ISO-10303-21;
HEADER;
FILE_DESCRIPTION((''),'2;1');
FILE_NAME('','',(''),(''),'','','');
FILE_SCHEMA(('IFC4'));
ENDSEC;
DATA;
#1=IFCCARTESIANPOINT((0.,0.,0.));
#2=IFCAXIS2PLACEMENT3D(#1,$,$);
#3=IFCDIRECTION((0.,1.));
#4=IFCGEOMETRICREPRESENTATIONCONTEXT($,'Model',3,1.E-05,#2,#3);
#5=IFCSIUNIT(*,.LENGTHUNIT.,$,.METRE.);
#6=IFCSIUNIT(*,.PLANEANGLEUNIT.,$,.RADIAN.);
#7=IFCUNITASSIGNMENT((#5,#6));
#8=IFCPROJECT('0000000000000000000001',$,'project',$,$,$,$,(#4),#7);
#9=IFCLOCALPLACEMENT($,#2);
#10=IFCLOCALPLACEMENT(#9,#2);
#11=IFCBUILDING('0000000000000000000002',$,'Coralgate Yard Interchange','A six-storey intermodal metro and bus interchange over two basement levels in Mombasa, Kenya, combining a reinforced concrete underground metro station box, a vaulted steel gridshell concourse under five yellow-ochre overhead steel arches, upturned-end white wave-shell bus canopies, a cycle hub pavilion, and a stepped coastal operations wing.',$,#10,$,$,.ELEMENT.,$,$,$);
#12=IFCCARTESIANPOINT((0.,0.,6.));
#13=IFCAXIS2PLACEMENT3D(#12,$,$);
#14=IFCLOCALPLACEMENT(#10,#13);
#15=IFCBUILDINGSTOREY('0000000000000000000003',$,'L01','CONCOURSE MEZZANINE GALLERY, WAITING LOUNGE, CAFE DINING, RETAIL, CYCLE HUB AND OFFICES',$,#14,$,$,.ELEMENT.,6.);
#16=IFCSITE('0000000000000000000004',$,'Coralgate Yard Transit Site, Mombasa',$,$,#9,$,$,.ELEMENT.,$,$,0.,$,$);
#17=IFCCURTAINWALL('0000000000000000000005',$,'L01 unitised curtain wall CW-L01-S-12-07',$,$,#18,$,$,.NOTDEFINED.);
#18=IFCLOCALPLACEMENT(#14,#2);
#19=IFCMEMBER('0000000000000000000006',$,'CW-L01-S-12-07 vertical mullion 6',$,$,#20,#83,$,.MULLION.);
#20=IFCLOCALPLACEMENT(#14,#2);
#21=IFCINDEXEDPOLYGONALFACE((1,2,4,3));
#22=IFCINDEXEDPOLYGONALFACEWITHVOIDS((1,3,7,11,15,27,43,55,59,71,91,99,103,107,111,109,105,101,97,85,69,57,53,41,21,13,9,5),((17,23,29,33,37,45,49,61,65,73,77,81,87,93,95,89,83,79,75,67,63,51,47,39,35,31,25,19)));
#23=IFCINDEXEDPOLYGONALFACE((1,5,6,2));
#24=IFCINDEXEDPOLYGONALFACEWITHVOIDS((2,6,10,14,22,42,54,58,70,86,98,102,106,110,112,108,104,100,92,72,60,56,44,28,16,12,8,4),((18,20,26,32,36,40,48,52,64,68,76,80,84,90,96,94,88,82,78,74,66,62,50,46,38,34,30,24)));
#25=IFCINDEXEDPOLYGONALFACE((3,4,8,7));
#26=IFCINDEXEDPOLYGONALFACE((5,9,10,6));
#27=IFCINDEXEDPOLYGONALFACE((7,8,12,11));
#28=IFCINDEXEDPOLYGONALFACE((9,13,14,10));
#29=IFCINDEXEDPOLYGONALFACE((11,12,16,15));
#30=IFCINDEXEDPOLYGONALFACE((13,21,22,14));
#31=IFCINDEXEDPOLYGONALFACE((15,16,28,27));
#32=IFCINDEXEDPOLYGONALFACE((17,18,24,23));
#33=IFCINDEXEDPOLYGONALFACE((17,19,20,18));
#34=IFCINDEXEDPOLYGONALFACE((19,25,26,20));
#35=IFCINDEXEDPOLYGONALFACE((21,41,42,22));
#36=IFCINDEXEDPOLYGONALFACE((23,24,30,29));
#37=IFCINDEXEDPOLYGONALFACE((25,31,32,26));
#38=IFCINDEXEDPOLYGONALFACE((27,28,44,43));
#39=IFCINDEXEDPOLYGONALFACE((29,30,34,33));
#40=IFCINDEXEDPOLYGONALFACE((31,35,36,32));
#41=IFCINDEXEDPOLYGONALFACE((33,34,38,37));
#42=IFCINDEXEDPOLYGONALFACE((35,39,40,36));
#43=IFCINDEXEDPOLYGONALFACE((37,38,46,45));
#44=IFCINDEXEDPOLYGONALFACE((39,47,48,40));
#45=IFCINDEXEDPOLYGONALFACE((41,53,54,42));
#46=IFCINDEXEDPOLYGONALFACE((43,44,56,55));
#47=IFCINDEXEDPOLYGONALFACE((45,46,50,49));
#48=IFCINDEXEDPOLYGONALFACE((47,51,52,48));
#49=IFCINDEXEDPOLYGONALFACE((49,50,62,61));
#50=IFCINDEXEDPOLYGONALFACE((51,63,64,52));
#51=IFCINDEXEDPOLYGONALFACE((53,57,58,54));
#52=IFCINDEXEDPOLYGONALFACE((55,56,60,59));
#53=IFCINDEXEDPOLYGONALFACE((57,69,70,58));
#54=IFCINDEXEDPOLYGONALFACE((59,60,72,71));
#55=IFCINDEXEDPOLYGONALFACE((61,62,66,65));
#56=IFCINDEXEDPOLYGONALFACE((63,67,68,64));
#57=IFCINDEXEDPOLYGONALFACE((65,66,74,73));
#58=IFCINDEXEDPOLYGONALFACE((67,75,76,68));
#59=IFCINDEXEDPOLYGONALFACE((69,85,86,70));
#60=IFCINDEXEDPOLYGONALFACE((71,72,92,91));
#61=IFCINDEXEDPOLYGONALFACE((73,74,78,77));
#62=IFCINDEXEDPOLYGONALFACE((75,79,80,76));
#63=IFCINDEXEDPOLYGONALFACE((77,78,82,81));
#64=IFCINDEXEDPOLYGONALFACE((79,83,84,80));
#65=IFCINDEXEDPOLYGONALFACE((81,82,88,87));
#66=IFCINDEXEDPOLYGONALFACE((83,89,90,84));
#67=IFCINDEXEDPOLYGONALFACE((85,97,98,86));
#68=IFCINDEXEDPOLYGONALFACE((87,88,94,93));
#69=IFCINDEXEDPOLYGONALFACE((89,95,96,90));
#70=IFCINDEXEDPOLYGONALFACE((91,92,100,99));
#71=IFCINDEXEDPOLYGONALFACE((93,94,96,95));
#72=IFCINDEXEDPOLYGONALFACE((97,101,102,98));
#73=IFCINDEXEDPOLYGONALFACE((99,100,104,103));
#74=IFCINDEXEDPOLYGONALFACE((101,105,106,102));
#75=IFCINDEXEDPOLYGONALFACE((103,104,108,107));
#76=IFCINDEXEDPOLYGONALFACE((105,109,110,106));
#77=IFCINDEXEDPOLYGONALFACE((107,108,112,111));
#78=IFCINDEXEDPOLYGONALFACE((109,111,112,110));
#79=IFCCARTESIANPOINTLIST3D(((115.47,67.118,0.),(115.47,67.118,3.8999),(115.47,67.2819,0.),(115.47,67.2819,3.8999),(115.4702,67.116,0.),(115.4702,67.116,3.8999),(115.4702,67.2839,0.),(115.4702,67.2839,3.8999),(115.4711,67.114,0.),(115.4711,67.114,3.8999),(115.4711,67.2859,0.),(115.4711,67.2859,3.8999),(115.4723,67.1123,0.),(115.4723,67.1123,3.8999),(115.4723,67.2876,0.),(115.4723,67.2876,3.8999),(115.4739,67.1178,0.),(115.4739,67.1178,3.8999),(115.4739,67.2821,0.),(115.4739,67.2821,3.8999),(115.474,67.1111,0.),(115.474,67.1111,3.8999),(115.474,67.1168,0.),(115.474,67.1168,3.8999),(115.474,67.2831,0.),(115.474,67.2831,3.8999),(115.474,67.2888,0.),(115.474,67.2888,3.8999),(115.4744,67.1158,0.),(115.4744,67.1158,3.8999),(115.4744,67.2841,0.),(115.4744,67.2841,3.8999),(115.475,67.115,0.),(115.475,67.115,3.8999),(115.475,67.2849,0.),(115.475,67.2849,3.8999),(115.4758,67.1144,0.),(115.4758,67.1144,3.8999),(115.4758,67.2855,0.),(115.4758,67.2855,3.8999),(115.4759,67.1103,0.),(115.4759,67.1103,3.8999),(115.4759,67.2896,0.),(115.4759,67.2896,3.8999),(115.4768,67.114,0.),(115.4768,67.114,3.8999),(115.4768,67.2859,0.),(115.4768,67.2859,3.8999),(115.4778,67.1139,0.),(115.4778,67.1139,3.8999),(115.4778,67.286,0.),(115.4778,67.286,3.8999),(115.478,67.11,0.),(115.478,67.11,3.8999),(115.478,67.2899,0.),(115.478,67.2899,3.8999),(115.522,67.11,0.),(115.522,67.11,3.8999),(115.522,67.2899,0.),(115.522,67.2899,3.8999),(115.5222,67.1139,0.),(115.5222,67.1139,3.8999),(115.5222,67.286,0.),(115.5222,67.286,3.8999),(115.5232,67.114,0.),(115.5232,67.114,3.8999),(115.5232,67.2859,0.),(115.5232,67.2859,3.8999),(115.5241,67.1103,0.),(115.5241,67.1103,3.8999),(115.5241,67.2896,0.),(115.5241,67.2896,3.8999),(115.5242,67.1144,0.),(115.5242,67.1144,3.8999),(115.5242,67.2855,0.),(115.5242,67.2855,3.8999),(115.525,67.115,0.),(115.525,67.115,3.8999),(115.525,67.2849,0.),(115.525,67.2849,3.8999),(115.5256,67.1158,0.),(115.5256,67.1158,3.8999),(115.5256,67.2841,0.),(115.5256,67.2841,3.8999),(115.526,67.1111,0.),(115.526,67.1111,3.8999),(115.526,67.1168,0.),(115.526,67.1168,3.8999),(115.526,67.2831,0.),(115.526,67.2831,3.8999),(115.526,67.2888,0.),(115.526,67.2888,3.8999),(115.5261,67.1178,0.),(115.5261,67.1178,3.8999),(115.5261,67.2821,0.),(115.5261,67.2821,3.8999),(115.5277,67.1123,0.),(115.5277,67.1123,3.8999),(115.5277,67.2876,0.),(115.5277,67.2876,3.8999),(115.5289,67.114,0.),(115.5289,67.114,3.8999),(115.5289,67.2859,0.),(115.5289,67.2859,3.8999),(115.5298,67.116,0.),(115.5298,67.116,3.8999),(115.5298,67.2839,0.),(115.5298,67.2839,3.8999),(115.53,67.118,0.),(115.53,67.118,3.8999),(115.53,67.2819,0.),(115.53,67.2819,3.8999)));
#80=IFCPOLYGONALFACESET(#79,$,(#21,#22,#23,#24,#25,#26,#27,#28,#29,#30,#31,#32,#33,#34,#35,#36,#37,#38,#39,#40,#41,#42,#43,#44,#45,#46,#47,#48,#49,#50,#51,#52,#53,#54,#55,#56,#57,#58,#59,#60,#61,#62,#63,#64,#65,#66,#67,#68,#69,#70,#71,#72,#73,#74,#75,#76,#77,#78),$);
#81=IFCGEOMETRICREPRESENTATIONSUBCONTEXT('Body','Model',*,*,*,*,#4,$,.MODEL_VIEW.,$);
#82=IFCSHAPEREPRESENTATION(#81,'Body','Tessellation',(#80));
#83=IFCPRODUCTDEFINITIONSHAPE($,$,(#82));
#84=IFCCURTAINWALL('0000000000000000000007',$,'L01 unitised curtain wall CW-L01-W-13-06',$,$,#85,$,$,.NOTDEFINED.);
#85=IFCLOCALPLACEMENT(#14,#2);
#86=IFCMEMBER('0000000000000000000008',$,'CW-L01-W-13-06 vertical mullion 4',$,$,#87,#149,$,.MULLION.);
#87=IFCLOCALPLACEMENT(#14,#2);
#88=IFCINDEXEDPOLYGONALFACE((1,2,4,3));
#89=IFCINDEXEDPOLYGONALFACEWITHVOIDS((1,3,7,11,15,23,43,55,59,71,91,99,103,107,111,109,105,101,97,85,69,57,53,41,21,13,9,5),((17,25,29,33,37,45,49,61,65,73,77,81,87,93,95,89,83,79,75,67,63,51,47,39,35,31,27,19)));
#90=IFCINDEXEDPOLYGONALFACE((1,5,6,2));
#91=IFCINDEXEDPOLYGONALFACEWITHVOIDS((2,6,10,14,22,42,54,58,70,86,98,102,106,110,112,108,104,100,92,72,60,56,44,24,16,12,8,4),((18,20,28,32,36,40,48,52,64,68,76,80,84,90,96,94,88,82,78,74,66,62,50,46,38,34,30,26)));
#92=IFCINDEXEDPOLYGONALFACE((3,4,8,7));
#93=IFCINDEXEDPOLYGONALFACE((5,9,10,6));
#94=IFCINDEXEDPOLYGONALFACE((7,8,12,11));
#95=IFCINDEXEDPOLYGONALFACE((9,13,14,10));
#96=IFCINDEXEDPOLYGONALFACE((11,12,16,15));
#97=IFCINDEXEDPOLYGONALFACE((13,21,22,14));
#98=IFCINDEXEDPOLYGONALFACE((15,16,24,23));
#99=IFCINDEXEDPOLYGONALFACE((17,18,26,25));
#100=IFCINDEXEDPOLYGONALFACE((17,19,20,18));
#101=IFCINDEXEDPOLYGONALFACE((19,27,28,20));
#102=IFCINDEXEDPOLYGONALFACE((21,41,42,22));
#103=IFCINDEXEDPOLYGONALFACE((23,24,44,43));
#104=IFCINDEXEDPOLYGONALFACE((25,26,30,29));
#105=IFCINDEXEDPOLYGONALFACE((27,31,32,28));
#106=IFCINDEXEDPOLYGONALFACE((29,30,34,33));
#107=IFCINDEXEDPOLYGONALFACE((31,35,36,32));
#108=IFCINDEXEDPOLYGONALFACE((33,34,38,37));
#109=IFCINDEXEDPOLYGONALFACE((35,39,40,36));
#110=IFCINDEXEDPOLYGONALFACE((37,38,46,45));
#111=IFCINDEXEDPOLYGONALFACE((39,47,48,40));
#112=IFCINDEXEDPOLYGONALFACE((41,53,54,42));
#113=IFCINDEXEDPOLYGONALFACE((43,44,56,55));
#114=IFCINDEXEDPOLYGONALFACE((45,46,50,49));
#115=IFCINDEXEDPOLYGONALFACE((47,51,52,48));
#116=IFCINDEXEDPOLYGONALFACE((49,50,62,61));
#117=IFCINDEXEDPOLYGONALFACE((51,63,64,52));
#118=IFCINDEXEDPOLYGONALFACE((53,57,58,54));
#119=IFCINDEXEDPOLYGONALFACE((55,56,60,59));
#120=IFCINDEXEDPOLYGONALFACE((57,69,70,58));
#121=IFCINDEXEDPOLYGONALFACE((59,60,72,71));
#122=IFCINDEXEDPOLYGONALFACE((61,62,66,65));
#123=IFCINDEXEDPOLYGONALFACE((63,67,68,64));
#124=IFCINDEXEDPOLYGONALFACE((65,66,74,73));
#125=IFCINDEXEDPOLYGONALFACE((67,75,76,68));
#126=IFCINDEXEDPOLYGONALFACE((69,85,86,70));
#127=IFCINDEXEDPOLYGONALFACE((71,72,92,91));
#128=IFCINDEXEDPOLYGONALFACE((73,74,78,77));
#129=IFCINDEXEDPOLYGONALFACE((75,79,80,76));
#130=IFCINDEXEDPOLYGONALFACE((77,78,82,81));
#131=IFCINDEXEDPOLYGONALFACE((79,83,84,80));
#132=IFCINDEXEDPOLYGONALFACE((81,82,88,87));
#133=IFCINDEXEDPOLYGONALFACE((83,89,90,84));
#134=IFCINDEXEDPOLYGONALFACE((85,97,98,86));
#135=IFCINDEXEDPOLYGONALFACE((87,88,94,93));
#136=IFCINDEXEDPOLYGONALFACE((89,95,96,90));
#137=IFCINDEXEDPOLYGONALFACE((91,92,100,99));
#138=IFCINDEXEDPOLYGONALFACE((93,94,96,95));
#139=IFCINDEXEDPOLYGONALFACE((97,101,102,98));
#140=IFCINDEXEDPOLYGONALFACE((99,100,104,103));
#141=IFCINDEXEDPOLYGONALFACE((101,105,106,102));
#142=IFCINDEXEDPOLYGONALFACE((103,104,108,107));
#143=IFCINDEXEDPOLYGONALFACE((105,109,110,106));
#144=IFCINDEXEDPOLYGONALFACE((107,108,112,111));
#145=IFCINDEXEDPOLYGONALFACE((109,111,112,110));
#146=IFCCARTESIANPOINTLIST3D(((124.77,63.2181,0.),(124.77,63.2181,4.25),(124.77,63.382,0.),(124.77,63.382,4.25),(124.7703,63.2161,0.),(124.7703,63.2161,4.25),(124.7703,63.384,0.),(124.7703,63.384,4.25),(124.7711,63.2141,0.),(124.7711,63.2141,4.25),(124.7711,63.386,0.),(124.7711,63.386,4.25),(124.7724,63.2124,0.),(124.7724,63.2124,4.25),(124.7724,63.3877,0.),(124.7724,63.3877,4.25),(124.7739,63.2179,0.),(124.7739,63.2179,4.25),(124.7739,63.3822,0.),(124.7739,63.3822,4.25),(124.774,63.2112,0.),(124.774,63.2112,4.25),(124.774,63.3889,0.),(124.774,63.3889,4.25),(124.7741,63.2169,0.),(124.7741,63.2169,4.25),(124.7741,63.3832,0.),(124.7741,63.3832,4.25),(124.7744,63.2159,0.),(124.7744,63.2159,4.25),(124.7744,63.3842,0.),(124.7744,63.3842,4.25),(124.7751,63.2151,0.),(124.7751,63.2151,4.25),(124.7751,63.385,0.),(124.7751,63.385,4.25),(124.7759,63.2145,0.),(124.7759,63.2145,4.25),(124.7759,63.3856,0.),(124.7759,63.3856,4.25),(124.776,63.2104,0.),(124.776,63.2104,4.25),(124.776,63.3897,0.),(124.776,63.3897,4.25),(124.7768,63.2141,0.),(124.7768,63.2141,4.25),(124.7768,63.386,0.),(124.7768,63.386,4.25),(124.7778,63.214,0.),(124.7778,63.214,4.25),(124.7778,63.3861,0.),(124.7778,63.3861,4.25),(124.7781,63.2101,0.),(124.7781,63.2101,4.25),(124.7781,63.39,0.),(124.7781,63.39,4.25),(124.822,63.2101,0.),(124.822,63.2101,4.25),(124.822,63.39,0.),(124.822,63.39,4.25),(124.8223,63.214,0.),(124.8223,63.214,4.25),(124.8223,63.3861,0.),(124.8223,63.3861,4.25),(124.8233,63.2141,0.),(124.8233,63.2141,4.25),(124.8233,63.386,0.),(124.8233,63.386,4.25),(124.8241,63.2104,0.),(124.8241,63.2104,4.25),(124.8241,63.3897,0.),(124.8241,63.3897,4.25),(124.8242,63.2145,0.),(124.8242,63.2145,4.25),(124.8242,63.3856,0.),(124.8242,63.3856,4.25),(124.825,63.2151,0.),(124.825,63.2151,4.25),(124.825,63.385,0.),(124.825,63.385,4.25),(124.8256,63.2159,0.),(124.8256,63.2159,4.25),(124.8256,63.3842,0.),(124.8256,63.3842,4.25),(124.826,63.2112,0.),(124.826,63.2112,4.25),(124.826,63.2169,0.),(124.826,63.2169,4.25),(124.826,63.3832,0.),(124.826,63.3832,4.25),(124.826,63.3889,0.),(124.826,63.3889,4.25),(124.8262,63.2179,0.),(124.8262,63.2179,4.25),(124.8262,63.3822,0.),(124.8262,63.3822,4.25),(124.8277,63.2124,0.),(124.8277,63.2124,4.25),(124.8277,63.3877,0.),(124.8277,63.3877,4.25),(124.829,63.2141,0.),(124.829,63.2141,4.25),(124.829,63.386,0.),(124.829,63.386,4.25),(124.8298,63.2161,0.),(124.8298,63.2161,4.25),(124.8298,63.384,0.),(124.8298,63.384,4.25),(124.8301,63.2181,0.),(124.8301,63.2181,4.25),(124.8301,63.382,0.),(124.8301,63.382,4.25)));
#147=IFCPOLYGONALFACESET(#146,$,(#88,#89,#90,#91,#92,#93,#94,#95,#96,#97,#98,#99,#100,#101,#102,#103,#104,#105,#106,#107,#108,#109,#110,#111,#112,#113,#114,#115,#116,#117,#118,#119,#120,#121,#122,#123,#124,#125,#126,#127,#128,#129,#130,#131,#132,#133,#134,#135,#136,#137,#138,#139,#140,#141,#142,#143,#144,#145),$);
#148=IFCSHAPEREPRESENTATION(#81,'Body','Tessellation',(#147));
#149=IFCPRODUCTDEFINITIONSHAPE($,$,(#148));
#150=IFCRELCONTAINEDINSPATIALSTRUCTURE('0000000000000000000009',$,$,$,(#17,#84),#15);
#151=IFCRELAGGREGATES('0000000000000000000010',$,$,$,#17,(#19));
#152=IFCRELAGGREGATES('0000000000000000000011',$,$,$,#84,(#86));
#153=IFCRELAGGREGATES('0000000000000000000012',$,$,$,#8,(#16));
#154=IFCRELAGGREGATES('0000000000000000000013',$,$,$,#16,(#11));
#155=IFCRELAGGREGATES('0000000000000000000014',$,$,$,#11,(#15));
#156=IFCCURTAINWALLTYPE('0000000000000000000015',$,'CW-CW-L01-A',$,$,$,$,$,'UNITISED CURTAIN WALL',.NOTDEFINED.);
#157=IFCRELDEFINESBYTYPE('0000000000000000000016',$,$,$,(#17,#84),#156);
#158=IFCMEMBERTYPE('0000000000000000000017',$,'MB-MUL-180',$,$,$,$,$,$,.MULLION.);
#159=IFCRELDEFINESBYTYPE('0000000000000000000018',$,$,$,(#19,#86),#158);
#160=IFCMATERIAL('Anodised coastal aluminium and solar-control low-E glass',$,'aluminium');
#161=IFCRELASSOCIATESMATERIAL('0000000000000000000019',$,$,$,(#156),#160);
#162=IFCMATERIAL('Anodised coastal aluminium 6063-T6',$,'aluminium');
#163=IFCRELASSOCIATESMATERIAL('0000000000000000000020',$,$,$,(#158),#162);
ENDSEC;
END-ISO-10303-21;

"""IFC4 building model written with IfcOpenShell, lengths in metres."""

from ifc_helpers import new_model, si_unit, direction, frame, origin, origin_2d, place, context, subcontext, project, spatial, hollow_rectangle, extrude, material, material_profile, profile_set, type_object, element, aggregate, save


model = new_model("IFC4")

# Units and contexts
model_context = context("Model", 3, precision=1e-05, world=origin(), true_north=direction((0.0, 1.0)))
body_context = subcontext(model_context, "Body", "Model", "MODEL_VIEW")
ifc_project = project(units=[si_unit("LENGTHUNIT", "METRE"), si_unit("PLANEANGLEUNIT", "RADIAN")], contexts=[model_context])

# Site, building, storey
site_placement = place(None, origin())
site = spatial("IfcSite", under=ifc_project, at=site_placement, Name="Coralgate Yard Transit Site, Mombasa", CompositionType="ELEMENT", RefElevation=0.0)
building_placement = place(site_placement, origin())
building = spatial("IfcBuilding", under=site, at=building_placement, Name="Coralgate Yard Interchange", Description="A six-storey intermodal metro and bus interchange over two basement levels in Mombasa, Kenya, combining a reinforced concrete underground metro station box, a vaulted steel gridshell concourse under five yellow-ochre overhead steel arches, upturned-end white wave-shell bus canopies, a cycle hub pavilion, and a stepped coastal operations wing.", CompositionType="ELEMENT")
storey_placement = place(building_placement, frame((0.0, 0.0, 6.0)))
storey = spatial("IfcBuildingStorey", under=building, at=storey_placement, Name="L01", Description="CONCOURSE MEZZANINE GALLERY, WAITING LOUNGE, CAFE DINING, RETAIL, CYCLE HUB AND OFFICES", CompositionType="ELEMENT", Elevation=6.0)

# Curtain walls, members
ifc_material_1 = material(Name="Anodised coastal aluminium and solar-control low-E glass", Category="aluminium")
curtain_wall_type = type_object("IfcCurtainWallType", Name="CW-CW-L01-A", ElementType="UNITISED CURTAIN WALL", PredefinedType="NOTDEFINED", material=ifc_material_1)
curtain_wall_1_placement = place(storey_placement, origin())
curtain_wall_1 = element("IfcCurtainWall", 1, at=curtain_wall_1_placement, inside=storey, type_object=curtain_wall_type, Name="L01 unitised curtain wall CW-L01-S-12-07", PredefinedType="NOTDEFINED")
ifc_material_2 = material(Name="Anodised coastal aluminium 6063-T6", Category="aluminium")
ifc_material_profile_1 = material_profile(ifc_material_2, hollow_rectangle(XDim=0.0601, YDim=0.1799, WallThickness=0.0039, InnerFilletRadius=0.0039, OuterFilletRadius=0.0081, at=origin_2d()), Name="ALU 60x180x4")
ifc_profile_set_1 = profile_set([ifc_material_profile_1], Name="Anodised coastal aluminium 6063-T6")
member_type_1 = type_object("IfcMemberType", Name="MB-MUL-180", PredefinedType="MULLION", material=ifc_profile_set_1)
member_1_placement = place(storey_placement, frame((115.5, 67.2, 0.0), z_axis=(0.0, 0.0, 1.0), x_axis=(1.0, 0.0, 0.0)))
member_1 = element("IfcMember", 2, at=member_1_placement, type_object=member_type_1, Name="CW-L01-S-12-07 vertical mullion 6", PredefinedType="MULLION", context=body_context, shape_type="SweptSolid", body=[
    extrude(hollow_rectangle(XDim=0.0601, YDim=0.1799, WallThickness=0.0039, InnerFilletRadius=0.0039, OuterFilletRadius=0.0081, at=origin_2d()), origin(), (0.0, 0.0, 1.0), 3.8999),
])
curtain_wall_2_placement = place(storey_placement, origin())
curtain_wall_2 = element("IfcCurtainWall", 3, at=curtain_wall_2_placement, inside=storey, type_object=curtain_wall_type, Name="L01 unitised curtain wall CW-L01-W-13-06", PredefinedType="NOTDEFINED")
member_2_placement = place(storey_placement, frame((124.8, 63.3, 0.0), z_axis=(0.0, 0.0, 1.0), x_axis=(1.0, 0.0, 0.0)))
member_2 = element("IfcMember", 4, at=member_2_placement, type_object=member_type_1, Name="CW-L01-W-13-06 vertical mullion 4", PredefinedType="MULLION", context=body_context, shape_type="SweptSolid", body=[
    extrude(hollow_rectangle(XDim=0.0601, YDim=0.1799, WallThickness=0.0039, InnerFilletRadius=0.0039, OuterFilletRadius=0.0081, at=origin_2d()), origin(), (0.0, 0.0, 1.0), 4.25),
])

aggregate(curtain_wall_1, [member_1])
aggregate(curtain_wall_2, [member_2])

save(model, "model.ifc")
